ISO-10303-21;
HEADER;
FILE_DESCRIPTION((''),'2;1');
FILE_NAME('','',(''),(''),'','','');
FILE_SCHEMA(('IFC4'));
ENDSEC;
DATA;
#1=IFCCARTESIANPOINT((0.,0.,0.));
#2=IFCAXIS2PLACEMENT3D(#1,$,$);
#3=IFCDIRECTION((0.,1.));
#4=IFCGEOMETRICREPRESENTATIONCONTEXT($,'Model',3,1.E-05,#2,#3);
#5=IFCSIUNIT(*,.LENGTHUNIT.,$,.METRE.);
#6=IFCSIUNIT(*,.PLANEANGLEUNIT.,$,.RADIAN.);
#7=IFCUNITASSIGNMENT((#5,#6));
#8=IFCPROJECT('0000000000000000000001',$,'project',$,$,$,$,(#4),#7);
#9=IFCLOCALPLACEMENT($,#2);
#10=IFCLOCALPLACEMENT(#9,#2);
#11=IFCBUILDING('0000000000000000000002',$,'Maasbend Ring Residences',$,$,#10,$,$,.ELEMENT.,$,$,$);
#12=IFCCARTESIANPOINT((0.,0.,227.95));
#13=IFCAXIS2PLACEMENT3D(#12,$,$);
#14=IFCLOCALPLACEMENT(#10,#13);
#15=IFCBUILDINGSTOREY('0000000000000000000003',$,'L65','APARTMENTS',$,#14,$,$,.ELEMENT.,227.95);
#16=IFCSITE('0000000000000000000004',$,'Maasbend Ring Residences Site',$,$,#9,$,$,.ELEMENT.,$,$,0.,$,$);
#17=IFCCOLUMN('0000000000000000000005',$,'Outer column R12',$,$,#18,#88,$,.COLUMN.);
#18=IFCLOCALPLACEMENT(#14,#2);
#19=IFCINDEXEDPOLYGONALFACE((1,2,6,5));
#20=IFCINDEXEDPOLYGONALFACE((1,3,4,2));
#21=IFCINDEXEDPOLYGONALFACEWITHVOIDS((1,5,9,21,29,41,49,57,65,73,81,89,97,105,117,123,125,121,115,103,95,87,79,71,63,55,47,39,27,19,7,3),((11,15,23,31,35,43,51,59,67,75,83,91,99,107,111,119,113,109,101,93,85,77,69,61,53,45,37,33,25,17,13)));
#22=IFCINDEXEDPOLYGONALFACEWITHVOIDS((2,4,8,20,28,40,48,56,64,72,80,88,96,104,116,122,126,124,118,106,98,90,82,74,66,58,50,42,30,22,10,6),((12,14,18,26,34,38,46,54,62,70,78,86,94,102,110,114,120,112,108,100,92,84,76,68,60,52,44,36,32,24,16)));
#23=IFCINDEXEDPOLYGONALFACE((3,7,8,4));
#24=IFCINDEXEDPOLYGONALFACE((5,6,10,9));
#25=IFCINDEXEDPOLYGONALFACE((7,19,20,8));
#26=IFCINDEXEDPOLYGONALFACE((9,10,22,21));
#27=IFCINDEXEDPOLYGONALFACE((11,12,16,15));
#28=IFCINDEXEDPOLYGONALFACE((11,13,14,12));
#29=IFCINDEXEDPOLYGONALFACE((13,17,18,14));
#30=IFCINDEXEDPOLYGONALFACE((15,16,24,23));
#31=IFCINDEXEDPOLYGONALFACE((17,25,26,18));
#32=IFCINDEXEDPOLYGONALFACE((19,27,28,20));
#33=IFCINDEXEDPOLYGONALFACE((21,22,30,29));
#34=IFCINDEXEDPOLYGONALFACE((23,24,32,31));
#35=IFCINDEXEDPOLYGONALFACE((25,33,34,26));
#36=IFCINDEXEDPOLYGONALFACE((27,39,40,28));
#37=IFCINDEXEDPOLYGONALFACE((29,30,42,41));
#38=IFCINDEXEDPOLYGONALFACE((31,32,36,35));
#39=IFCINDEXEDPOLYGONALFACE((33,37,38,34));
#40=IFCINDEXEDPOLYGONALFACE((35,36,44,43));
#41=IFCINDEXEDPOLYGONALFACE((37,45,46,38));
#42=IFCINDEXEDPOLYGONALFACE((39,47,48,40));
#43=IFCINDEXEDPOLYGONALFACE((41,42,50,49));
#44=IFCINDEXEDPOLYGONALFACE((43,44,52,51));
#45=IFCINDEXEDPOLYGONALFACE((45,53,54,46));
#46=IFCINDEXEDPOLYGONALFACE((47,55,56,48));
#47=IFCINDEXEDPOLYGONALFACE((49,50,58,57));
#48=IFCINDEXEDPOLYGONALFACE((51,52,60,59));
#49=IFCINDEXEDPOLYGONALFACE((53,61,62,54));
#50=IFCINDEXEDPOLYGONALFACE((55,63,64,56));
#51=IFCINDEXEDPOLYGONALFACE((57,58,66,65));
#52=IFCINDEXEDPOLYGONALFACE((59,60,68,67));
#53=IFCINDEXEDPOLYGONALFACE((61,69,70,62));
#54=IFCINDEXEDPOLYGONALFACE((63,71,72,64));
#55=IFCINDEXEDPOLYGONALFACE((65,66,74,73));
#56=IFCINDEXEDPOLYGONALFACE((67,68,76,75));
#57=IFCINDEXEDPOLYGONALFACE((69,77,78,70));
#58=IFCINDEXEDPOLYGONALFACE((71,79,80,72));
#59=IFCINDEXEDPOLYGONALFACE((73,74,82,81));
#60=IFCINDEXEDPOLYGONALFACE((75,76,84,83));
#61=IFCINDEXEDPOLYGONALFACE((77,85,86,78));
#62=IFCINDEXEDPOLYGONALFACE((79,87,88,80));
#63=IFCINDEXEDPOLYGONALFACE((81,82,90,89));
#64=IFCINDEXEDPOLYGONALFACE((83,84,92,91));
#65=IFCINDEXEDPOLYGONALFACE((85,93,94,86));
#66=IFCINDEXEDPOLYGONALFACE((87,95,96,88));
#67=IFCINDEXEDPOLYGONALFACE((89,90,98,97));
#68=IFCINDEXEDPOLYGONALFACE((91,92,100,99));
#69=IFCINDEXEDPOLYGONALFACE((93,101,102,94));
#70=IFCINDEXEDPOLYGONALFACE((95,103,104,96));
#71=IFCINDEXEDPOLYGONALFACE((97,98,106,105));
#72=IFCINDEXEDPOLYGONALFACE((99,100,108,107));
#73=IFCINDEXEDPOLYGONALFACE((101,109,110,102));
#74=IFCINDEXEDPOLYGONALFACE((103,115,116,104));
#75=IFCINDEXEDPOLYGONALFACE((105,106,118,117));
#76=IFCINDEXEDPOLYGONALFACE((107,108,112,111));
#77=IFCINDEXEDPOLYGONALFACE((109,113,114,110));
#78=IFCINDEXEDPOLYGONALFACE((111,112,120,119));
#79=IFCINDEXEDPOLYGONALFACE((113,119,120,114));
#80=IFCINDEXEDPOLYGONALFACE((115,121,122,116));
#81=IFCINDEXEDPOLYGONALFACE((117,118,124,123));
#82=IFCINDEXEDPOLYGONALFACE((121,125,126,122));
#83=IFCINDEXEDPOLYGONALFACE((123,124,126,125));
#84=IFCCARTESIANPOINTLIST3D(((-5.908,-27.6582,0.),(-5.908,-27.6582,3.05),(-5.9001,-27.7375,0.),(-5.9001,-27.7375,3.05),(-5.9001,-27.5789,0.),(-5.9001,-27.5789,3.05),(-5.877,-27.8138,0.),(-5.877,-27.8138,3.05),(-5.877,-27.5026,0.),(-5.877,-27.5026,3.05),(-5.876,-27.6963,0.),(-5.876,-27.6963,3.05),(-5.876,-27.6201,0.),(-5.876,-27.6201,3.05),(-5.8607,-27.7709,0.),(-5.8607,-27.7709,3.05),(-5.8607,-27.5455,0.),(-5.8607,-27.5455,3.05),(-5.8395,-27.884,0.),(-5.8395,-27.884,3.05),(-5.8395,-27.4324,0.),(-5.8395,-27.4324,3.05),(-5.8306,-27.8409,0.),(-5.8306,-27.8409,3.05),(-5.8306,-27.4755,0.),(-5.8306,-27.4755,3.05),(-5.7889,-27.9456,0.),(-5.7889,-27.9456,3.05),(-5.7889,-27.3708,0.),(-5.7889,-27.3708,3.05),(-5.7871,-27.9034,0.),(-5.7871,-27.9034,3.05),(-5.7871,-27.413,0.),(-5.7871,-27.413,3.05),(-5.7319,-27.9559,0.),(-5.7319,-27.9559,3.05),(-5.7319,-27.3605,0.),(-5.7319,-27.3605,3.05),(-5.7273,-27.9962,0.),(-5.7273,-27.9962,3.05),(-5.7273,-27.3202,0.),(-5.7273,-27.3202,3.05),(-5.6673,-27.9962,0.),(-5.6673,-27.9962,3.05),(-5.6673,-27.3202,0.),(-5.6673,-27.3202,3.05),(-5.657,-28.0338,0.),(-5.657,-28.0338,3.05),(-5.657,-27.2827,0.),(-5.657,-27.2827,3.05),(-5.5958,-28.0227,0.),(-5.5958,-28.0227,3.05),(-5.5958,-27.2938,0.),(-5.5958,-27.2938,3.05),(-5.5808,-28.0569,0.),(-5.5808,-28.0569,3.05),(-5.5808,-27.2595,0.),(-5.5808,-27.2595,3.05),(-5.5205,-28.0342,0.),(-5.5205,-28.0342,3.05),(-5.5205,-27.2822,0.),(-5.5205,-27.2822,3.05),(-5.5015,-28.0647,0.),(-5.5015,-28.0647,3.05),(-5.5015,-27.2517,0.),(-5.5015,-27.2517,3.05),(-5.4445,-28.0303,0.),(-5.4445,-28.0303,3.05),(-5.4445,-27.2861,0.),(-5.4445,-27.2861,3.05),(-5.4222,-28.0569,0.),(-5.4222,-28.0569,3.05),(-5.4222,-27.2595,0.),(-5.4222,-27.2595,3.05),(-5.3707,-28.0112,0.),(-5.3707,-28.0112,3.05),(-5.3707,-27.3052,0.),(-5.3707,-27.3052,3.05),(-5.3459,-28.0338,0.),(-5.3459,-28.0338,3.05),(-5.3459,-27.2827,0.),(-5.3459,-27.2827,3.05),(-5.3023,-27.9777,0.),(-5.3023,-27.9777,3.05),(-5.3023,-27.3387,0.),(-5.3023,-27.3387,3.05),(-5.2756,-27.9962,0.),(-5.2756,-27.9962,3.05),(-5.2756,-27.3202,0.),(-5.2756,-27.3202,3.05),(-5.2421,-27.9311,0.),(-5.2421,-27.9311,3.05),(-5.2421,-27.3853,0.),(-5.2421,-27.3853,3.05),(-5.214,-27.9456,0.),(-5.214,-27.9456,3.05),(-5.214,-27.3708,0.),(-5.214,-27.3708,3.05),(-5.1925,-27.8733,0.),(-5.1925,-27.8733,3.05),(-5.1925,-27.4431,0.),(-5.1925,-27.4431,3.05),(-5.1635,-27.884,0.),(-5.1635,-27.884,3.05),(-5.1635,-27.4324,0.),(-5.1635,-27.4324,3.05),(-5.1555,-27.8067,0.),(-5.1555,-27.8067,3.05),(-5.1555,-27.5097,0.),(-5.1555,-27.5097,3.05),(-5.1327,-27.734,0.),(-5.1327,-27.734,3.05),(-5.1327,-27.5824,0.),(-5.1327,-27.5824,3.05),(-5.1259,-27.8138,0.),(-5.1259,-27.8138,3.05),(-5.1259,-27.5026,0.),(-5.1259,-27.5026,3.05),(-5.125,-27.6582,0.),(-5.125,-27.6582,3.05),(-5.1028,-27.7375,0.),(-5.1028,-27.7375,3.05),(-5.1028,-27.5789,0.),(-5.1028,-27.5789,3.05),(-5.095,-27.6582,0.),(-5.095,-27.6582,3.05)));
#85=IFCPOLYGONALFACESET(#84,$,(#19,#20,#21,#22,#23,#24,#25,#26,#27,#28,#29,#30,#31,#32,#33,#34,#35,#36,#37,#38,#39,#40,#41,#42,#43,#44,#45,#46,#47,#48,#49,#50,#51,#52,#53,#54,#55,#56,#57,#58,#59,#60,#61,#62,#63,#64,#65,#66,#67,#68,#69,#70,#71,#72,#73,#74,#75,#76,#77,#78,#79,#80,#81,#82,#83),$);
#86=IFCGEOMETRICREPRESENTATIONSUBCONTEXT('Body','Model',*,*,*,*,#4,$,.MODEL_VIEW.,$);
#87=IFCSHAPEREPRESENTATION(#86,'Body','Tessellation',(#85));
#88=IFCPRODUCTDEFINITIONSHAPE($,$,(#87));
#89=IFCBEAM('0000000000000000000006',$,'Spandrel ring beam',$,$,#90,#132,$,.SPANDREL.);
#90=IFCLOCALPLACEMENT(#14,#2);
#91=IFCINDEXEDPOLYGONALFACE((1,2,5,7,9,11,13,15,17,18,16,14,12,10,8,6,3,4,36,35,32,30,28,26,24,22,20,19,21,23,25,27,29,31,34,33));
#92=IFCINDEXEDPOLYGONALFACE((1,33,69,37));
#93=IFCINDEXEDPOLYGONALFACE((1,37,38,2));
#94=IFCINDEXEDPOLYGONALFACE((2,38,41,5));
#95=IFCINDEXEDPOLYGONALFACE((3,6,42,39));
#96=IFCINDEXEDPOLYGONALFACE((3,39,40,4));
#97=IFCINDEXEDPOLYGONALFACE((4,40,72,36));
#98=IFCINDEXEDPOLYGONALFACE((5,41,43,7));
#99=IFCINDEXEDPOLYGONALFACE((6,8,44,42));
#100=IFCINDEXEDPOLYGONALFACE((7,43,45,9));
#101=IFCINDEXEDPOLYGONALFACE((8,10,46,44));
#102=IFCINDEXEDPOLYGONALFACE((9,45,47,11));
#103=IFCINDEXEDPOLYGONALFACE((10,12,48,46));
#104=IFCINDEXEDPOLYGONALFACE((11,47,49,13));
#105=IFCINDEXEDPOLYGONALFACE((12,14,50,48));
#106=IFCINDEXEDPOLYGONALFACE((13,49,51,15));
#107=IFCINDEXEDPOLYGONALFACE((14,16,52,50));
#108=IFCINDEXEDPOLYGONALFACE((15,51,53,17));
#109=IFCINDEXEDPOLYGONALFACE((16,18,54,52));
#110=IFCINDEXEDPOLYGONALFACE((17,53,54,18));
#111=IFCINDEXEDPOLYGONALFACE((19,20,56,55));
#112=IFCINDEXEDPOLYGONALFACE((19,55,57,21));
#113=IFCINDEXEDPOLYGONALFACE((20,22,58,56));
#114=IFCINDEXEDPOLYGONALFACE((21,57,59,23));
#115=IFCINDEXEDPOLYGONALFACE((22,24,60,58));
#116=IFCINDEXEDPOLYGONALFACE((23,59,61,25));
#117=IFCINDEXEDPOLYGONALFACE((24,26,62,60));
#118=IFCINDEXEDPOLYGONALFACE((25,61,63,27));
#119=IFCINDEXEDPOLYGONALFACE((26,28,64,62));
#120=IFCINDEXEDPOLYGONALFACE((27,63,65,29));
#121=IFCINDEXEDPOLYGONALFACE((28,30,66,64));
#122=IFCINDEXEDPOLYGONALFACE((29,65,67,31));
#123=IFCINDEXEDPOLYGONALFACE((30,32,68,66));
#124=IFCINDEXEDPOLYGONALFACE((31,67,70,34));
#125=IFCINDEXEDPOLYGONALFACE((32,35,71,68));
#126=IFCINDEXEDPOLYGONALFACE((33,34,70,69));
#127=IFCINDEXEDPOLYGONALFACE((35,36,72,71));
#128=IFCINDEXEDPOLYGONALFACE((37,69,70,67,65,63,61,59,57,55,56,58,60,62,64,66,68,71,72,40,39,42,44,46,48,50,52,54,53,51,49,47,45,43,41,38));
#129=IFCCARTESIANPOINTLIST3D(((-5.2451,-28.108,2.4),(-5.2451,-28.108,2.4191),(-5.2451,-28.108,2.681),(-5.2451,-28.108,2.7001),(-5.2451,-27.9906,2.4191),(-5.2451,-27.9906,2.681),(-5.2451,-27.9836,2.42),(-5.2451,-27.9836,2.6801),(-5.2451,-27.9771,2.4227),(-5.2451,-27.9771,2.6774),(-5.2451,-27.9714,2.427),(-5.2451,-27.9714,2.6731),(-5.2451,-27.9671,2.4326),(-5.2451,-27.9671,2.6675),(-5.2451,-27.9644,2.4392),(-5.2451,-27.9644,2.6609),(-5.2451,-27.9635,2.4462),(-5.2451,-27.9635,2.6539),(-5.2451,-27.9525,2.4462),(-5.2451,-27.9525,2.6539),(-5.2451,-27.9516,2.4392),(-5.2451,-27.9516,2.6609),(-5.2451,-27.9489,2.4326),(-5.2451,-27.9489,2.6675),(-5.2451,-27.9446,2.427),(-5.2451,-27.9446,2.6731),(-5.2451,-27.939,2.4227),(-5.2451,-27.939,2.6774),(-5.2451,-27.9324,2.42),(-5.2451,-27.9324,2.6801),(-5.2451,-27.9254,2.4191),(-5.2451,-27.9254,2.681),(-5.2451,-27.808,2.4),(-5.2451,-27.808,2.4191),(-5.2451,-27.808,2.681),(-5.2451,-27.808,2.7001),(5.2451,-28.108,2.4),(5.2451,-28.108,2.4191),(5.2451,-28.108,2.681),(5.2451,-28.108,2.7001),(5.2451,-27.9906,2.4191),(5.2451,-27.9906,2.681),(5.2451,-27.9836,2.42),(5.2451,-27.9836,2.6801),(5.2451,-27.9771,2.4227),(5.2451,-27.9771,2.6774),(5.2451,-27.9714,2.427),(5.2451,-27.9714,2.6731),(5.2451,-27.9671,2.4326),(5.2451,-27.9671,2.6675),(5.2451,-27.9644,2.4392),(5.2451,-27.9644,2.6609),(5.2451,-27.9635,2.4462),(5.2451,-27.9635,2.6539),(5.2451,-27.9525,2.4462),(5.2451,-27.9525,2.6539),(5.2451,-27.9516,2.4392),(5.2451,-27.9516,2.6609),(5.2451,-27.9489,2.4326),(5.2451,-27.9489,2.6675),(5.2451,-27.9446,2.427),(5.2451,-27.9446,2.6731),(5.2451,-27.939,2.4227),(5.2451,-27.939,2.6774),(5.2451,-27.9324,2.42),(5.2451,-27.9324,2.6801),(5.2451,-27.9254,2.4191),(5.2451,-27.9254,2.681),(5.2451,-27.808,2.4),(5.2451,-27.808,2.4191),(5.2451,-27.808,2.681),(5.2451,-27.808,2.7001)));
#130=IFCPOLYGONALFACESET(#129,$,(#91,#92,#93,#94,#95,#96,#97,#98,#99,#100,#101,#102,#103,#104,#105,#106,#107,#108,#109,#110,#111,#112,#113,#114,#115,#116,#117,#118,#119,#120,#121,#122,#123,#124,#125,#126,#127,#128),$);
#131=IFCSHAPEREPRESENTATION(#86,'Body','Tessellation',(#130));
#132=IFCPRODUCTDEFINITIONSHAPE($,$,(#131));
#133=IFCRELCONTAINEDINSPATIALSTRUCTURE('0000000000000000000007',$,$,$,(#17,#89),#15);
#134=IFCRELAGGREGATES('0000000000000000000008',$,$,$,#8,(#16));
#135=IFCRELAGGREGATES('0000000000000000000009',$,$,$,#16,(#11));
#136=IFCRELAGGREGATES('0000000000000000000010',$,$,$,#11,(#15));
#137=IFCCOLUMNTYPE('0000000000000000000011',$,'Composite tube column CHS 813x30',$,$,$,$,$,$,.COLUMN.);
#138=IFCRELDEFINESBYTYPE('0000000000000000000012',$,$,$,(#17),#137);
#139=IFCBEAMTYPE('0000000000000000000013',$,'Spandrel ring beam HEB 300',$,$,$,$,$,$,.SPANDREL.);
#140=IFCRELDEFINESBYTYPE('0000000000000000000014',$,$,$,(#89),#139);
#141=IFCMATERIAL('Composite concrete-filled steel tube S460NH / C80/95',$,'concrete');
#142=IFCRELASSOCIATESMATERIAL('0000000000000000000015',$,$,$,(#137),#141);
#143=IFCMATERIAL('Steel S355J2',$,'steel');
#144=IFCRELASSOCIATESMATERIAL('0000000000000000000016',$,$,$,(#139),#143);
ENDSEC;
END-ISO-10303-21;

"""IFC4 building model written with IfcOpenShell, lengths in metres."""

from ifc_helpers import new_model, si_unit, direction, frame, origin, origin_2d, place, context, subcontext, project, spatial, hollow_circle, i_section, extrude, material, material_profile, profile_set, type_object, element, save


model = new_model("IFC4")

# Units and contexts
model_context = context("Model", 3, precision=1e-05, world=origin(), true_north=direction((0.0, 1.0)))
body_context = subcontext(model_context, "Body", "Model", "MODEL_VIEW")
ifc_project = project(units=[si_unit("LENGTHUNIT", "METRE"), si_unit("PLANEANGLEUNIT", "RADIAN")], contexts=[model_context])

# Site, building, storey
site_placement = place(None, origin())
site = spatial("IfcSite", under=ifc_project, at=site_placement, Name="Maasbend Ring Residences Site", CompositionType="ELEMENT", RefElevation=0.0)
building_placement = place(site_placement, origin())
building = spatial("IfcBuilding", under=site, at=building_placement, Name="Maasbend Ring Residences", CompositionType="ELEMENT")
storey_placement = place(building_placement, frame((0.0, 0.0, 227.95)))
storey = spatial("IfcBuildingStorey", under=building, at=storey_placement, Name="L65", Description="APARTMENTS", CompositionType="ELEMENT", Elevation=227.95)

# Column
ifc_material_1 = material(Name="Composite concrete-filled steel tube S460NH / C80/95", Category="concrete")
ifc_material_profile_1 = material_profile(ifc_material_1, hollow_circle(Radius=0.4065, WallThickness=0.03, at=origin_2d()), Name="Composite tube column CHS 813x30")
ifc_profile_set_1 = profile_set([ifc_material_profile_1], Name="Composite concrete-filled steel tube S460NH / C80/95")
column_type = type_object("IfcColumnType", Name="Composite tube column CHS 813x30", PredefinedType="COLUMN", material=ifc_profile_set_1)
column_placement = place(storey_placement, frame((-5.5015, -27.6582, 0.0), z_axis=(0.0, 0.0, 1.0), x_axis=(1.0, 0.0, 0.0)))
element("IfcColumn", 1, at=column_placement, inside=storey, type_object=column_type, Name="Outer column R12", PredefinedType="COLUMN", context=body_context, shape_type="SweptSolid", body=[
    extrude(hollow_circle(Radius=0.4065, WallThickness=0.03, at=origin_2d()), origin(), (0.0, 0.0, 1.0), 3.05),
])

# Beam
ifc_material_2 = material(Name="Steel S355J2", Category="steel")
ifc_material_profile_2 = material_profile(ifc_material_2, i_section(OverallWidth=0.3, OverallDepth=0.3, WebThickness=0.011, FlangeThickness=0.019, FilletRadius=0.0271, at=origin_2d()), Name="HEB 300")
ifc_profile_set_2 = profile_set([ifc_material_profile_2], Name="Steel S355J2")
beam_type = type_object("IfcBeamType", Name="Spandrel ring beam HEB 300", PredefinedType="SPANDREL", material=ifc_profile_set_2)
beam_placement = place(storey_placement, frame((-5.2451, -27.958, 2.55), z_axis=(1.0, 0.0, 0.0), x_axis=(0.0, 1.0, 0.0)))
element("IfcBeam", 2, at=beam_placement, inside=storey, type_object=beam_type, Name="Spandrel ring beam", PredefinedType="SPANDREL", context=body_context, shape_type="SweptSolid", body=[
    extrude(i_section(OverallWidth=0.3, OverallDepth=0.3, WebThickness=0.011, FlangeThickness=0.019, FilletRadius=0.0271, at=origin_2d()), origin(), (0.0, 0.0, 1.0), 10.4902),
])

save(model, "model.ifc")
